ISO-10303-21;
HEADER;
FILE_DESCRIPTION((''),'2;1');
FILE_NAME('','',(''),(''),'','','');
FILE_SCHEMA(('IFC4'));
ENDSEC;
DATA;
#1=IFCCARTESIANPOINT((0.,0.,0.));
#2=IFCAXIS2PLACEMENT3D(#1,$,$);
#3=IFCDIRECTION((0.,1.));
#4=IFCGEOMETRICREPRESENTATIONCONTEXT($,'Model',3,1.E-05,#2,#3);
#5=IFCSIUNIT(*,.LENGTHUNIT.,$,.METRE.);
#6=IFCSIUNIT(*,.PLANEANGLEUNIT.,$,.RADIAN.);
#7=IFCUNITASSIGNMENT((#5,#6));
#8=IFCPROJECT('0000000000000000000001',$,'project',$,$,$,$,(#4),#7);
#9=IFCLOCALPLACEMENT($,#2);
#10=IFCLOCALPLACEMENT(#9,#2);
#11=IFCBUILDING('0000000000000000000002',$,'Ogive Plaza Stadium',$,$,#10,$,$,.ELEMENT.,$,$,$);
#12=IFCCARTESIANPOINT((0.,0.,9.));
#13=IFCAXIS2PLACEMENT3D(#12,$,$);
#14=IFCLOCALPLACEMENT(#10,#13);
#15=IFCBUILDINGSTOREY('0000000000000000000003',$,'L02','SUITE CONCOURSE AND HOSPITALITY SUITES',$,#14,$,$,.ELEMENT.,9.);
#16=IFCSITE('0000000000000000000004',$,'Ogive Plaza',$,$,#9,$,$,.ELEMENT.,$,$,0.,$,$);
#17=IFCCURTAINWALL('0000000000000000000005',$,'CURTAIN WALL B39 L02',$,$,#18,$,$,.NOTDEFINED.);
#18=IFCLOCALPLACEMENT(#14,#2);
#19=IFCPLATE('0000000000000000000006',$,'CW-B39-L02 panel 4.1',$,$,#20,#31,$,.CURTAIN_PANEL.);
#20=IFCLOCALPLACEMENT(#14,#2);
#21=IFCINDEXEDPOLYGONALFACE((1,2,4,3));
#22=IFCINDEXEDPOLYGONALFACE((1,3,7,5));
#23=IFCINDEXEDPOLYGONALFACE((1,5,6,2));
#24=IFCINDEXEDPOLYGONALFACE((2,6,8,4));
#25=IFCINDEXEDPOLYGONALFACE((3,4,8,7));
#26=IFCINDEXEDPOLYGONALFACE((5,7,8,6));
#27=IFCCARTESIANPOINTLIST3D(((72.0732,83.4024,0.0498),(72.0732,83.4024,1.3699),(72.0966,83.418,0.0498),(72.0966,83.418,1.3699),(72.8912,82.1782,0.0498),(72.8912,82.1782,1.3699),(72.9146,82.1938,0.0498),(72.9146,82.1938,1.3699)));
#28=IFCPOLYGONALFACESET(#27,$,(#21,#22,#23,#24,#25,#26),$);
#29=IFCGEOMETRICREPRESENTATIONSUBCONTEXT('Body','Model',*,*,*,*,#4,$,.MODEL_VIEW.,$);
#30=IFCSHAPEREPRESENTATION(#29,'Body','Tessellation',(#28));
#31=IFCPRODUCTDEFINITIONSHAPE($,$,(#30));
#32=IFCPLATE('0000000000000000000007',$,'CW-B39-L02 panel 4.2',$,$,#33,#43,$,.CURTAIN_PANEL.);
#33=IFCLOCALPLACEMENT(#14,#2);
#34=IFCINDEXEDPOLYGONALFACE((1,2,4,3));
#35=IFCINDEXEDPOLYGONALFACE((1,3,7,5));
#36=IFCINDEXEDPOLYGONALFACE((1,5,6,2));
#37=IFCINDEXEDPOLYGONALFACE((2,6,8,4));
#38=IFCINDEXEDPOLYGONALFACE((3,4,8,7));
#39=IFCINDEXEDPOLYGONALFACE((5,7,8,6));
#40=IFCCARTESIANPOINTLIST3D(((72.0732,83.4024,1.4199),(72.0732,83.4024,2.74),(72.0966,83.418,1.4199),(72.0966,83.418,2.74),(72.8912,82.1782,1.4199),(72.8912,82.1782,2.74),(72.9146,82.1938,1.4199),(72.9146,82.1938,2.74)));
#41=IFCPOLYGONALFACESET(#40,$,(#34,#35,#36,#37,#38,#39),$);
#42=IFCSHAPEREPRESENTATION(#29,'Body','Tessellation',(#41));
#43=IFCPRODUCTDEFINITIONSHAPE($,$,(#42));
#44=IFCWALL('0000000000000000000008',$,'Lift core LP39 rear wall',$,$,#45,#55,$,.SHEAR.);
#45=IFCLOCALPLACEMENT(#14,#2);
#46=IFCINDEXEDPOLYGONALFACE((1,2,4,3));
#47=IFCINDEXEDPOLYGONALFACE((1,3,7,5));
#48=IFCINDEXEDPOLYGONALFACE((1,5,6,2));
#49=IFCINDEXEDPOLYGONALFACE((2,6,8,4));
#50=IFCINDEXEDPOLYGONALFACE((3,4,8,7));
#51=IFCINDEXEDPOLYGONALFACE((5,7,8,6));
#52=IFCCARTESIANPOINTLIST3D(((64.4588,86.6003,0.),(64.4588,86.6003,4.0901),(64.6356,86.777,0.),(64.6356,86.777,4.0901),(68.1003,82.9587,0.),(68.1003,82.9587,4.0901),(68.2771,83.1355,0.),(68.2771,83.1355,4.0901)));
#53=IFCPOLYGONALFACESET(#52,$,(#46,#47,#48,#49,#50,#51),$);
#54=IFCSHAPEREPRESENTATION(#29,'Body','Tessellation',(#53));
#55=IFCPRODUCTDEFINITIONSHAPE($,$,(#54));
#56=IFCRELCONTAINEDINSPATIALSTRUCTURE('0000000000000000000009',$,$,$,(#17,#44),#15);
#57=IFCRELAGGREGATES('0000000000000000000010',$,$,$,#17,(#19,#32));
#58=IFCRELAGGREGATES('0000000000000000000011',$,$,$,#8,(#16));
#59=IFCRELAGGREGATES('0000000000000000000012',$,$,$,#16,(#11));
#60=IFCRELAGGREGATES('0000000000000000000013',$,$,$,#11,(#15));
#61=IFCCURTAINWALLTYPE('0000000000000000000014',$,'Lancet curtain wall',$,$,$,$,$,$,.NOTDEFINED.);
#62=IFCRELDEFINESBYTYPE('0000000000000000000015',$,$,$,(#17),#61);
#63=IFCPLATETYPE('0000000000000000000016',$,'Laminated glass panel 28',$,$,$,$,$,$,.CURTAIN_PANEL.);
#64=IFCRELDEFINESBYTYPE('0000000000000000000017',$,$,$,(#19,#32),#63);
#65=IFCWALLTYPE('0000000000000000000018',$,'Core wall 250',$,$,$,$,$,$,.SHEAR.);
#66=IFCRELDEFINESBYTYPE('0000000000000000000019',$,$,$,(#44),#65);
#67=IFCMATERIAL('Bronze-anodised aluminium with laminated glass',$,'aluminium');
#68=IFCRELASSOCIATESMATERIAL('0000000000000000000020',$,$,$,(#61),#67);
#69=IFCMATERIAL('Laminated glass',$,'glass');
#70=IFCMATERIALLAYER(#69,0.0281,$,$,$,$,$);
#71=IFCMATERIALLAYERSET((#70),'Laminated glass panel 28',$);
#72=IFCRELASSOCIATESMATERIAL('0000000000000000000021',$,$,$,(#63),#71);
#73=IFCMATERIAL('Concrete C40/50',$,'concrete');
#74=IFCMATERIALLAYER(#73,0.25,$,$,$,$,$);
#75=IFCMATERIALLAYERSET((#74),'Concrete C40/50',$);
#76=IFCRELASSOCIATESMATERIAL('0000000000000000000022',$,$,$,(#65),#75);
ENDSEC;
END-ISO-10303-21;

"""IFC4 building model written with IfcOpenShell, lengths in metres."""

from ifc_helpers import new_model, si_unit, direction, frame, frame_2d, origin, origin_2d, place, context, subcontext, project, spatial, rectangle, extrude, material, layer, layer_set, type_object, element, aggregate, save


model = new_model("IFC4")

# Units and contexts
model_context = context("Model", 3, precision=1e-05, world=origin(), true_north=direction((0.0, 1.0)))
body_context = subcontext(model_context, "Body", "Model", "MODEL_VIEW")
ifc_project = project(units=[si_unit("LENGTHUNIT", "METRE"), si_unit("PLANEANGLEUNIT", "RADIAN")], contexts=[model_context])

# Site, building, storey
site_placement = place(None, origin())
site = spatial("IfcSite", under=ifc_project, at=site_placement, Name="Ogive Plaza", CompositionType="ELEMENT", RefElevation=0.0)
building_placement = place(site_placement, origin())
building = spatial("IfcBuilding", under=site, at=building_placement, Name="Ogive Plaza Stadium", CompositionType="ELEMENT")
storey_placement = place(building_placement, frame((0.0, 0.0, 9.0)))
storey = spatial("IfcBuildingStorey", under=building, at=storey_placement, Name="L02", Description="SUITE CONCOURSE AND HOSPITALITY SUITES", CompositionType="ELEMENT", Elevation=9.0)

# Shared definitions
ifc_material_1 = material(Name="Bronze-anodised aluminium with laminated glass", Category="aluminium")
curtain_wall_type = type_object("IfcCurtainWallType", Name="Lancet curtain wall", PredefinedType="NOTDEFINED", material=ifc_material_1)

# Curtain wall
curtain_wall_1_placement = place(storey_placement, origin())
curtain_wall_1 = element("IfcCurtainWall", 1, at=curtain_wall_1_placement, inside=storey, type_object=curtain_wall_type, Name="CURTAIN WALL B39 L02", PredefinedType="NOTDEFINED")

# Plates
ifc_material_2 = material(Name="Laminated glass", Category="glass")
ifc_layer_1 = layer(ifc_material_2, 0.0281)
ifc_layer_set_1 = layer_set([ifc_layer_1], Name="Laminated glass panel 28")
plate_type = type_object("IfcPlateType", Name="Laminated glass panel 28", PredefinedType="CURTAIN_PANEL", material=ifc_layer_set_1)
plate_1_placement = place(storey_placement, frame((72.4939, 82.7981, 0.0498), z_axis=(0.0, 0.0, 1.0), x_axis=(0.55557, -0.83147, 0.0)))
plate_1 = element("IfcPlate", 2, at=plate_1_placement, type_object=plate_type, Name="CW-B39-L02 panel 4.1", PredefinedType="CURTAIN_PANEL", context=body_context, shape_type="SweptSolid", body=[
    extrude(rectangle(XDim=1.4724, YDim=0.0281, at=origin_2d()), origin(), (0.0, 0.0, 1.0), 1.3201),
])
plate_2_placement = place(storey_placement, frame((72.4939, 82.7981, 1.4199), z_axis=(0.0, 0.0, 1.0), x_axis=(0.55557, -0.83147, 0.0)))
plate_2 = element("IfcPlate", 3, at=plate_2_placement, type_object=plate_type, Name="CW-B39-L02 panel 4.2", PredefinedType="CURTAIN_PANEL", context=body_context, shape_type="SweptSolid", body=[
    extrude(rectangle(XDim=1.4724, YDim=0.0281, at=origin_2d()), origin(), (0.0, 0.0, 1.0), 1.3201),
])
aggregate(curtain_wall_1, [plate_1, plate_2])

# Wall
ifc_material_3 = material(Name="Concrete C40/50", Category="concrete")
ifc_layer_2 = layer(ifc_material_3, 0.25)
ifc_layer_set_2 = layer_set([ifc_layer_2], Name="Concrete C40/50")
wall_type = type_object("IfcWallType", Name="Core wall 250", PredefinedType="SHEAR", material=ifc_layer_set_2)
wall_placement = place(storey_placement, frame((68.1887, 83.0471, 0.0), z_axis=(0.0, 0.0, 1.0), x_axis=(-0.707107, 0.707107, 0.0)))
element("IfcWall", 4, at=wall_placement, inside=storey, type_object=wall_type, Name="Lift core LP39 rear wall", PredefinedType="SHEAR", context=body_context, shape_type="SweptSolid", body=[
    extrude(rectangle(XDim=5.1499, YDim=0.25, at=frame_2d((2.575, 0.0))), origin(), (0.0, 0.0, 1.0), 4.0901),
])

save(model, "model.ifc")
